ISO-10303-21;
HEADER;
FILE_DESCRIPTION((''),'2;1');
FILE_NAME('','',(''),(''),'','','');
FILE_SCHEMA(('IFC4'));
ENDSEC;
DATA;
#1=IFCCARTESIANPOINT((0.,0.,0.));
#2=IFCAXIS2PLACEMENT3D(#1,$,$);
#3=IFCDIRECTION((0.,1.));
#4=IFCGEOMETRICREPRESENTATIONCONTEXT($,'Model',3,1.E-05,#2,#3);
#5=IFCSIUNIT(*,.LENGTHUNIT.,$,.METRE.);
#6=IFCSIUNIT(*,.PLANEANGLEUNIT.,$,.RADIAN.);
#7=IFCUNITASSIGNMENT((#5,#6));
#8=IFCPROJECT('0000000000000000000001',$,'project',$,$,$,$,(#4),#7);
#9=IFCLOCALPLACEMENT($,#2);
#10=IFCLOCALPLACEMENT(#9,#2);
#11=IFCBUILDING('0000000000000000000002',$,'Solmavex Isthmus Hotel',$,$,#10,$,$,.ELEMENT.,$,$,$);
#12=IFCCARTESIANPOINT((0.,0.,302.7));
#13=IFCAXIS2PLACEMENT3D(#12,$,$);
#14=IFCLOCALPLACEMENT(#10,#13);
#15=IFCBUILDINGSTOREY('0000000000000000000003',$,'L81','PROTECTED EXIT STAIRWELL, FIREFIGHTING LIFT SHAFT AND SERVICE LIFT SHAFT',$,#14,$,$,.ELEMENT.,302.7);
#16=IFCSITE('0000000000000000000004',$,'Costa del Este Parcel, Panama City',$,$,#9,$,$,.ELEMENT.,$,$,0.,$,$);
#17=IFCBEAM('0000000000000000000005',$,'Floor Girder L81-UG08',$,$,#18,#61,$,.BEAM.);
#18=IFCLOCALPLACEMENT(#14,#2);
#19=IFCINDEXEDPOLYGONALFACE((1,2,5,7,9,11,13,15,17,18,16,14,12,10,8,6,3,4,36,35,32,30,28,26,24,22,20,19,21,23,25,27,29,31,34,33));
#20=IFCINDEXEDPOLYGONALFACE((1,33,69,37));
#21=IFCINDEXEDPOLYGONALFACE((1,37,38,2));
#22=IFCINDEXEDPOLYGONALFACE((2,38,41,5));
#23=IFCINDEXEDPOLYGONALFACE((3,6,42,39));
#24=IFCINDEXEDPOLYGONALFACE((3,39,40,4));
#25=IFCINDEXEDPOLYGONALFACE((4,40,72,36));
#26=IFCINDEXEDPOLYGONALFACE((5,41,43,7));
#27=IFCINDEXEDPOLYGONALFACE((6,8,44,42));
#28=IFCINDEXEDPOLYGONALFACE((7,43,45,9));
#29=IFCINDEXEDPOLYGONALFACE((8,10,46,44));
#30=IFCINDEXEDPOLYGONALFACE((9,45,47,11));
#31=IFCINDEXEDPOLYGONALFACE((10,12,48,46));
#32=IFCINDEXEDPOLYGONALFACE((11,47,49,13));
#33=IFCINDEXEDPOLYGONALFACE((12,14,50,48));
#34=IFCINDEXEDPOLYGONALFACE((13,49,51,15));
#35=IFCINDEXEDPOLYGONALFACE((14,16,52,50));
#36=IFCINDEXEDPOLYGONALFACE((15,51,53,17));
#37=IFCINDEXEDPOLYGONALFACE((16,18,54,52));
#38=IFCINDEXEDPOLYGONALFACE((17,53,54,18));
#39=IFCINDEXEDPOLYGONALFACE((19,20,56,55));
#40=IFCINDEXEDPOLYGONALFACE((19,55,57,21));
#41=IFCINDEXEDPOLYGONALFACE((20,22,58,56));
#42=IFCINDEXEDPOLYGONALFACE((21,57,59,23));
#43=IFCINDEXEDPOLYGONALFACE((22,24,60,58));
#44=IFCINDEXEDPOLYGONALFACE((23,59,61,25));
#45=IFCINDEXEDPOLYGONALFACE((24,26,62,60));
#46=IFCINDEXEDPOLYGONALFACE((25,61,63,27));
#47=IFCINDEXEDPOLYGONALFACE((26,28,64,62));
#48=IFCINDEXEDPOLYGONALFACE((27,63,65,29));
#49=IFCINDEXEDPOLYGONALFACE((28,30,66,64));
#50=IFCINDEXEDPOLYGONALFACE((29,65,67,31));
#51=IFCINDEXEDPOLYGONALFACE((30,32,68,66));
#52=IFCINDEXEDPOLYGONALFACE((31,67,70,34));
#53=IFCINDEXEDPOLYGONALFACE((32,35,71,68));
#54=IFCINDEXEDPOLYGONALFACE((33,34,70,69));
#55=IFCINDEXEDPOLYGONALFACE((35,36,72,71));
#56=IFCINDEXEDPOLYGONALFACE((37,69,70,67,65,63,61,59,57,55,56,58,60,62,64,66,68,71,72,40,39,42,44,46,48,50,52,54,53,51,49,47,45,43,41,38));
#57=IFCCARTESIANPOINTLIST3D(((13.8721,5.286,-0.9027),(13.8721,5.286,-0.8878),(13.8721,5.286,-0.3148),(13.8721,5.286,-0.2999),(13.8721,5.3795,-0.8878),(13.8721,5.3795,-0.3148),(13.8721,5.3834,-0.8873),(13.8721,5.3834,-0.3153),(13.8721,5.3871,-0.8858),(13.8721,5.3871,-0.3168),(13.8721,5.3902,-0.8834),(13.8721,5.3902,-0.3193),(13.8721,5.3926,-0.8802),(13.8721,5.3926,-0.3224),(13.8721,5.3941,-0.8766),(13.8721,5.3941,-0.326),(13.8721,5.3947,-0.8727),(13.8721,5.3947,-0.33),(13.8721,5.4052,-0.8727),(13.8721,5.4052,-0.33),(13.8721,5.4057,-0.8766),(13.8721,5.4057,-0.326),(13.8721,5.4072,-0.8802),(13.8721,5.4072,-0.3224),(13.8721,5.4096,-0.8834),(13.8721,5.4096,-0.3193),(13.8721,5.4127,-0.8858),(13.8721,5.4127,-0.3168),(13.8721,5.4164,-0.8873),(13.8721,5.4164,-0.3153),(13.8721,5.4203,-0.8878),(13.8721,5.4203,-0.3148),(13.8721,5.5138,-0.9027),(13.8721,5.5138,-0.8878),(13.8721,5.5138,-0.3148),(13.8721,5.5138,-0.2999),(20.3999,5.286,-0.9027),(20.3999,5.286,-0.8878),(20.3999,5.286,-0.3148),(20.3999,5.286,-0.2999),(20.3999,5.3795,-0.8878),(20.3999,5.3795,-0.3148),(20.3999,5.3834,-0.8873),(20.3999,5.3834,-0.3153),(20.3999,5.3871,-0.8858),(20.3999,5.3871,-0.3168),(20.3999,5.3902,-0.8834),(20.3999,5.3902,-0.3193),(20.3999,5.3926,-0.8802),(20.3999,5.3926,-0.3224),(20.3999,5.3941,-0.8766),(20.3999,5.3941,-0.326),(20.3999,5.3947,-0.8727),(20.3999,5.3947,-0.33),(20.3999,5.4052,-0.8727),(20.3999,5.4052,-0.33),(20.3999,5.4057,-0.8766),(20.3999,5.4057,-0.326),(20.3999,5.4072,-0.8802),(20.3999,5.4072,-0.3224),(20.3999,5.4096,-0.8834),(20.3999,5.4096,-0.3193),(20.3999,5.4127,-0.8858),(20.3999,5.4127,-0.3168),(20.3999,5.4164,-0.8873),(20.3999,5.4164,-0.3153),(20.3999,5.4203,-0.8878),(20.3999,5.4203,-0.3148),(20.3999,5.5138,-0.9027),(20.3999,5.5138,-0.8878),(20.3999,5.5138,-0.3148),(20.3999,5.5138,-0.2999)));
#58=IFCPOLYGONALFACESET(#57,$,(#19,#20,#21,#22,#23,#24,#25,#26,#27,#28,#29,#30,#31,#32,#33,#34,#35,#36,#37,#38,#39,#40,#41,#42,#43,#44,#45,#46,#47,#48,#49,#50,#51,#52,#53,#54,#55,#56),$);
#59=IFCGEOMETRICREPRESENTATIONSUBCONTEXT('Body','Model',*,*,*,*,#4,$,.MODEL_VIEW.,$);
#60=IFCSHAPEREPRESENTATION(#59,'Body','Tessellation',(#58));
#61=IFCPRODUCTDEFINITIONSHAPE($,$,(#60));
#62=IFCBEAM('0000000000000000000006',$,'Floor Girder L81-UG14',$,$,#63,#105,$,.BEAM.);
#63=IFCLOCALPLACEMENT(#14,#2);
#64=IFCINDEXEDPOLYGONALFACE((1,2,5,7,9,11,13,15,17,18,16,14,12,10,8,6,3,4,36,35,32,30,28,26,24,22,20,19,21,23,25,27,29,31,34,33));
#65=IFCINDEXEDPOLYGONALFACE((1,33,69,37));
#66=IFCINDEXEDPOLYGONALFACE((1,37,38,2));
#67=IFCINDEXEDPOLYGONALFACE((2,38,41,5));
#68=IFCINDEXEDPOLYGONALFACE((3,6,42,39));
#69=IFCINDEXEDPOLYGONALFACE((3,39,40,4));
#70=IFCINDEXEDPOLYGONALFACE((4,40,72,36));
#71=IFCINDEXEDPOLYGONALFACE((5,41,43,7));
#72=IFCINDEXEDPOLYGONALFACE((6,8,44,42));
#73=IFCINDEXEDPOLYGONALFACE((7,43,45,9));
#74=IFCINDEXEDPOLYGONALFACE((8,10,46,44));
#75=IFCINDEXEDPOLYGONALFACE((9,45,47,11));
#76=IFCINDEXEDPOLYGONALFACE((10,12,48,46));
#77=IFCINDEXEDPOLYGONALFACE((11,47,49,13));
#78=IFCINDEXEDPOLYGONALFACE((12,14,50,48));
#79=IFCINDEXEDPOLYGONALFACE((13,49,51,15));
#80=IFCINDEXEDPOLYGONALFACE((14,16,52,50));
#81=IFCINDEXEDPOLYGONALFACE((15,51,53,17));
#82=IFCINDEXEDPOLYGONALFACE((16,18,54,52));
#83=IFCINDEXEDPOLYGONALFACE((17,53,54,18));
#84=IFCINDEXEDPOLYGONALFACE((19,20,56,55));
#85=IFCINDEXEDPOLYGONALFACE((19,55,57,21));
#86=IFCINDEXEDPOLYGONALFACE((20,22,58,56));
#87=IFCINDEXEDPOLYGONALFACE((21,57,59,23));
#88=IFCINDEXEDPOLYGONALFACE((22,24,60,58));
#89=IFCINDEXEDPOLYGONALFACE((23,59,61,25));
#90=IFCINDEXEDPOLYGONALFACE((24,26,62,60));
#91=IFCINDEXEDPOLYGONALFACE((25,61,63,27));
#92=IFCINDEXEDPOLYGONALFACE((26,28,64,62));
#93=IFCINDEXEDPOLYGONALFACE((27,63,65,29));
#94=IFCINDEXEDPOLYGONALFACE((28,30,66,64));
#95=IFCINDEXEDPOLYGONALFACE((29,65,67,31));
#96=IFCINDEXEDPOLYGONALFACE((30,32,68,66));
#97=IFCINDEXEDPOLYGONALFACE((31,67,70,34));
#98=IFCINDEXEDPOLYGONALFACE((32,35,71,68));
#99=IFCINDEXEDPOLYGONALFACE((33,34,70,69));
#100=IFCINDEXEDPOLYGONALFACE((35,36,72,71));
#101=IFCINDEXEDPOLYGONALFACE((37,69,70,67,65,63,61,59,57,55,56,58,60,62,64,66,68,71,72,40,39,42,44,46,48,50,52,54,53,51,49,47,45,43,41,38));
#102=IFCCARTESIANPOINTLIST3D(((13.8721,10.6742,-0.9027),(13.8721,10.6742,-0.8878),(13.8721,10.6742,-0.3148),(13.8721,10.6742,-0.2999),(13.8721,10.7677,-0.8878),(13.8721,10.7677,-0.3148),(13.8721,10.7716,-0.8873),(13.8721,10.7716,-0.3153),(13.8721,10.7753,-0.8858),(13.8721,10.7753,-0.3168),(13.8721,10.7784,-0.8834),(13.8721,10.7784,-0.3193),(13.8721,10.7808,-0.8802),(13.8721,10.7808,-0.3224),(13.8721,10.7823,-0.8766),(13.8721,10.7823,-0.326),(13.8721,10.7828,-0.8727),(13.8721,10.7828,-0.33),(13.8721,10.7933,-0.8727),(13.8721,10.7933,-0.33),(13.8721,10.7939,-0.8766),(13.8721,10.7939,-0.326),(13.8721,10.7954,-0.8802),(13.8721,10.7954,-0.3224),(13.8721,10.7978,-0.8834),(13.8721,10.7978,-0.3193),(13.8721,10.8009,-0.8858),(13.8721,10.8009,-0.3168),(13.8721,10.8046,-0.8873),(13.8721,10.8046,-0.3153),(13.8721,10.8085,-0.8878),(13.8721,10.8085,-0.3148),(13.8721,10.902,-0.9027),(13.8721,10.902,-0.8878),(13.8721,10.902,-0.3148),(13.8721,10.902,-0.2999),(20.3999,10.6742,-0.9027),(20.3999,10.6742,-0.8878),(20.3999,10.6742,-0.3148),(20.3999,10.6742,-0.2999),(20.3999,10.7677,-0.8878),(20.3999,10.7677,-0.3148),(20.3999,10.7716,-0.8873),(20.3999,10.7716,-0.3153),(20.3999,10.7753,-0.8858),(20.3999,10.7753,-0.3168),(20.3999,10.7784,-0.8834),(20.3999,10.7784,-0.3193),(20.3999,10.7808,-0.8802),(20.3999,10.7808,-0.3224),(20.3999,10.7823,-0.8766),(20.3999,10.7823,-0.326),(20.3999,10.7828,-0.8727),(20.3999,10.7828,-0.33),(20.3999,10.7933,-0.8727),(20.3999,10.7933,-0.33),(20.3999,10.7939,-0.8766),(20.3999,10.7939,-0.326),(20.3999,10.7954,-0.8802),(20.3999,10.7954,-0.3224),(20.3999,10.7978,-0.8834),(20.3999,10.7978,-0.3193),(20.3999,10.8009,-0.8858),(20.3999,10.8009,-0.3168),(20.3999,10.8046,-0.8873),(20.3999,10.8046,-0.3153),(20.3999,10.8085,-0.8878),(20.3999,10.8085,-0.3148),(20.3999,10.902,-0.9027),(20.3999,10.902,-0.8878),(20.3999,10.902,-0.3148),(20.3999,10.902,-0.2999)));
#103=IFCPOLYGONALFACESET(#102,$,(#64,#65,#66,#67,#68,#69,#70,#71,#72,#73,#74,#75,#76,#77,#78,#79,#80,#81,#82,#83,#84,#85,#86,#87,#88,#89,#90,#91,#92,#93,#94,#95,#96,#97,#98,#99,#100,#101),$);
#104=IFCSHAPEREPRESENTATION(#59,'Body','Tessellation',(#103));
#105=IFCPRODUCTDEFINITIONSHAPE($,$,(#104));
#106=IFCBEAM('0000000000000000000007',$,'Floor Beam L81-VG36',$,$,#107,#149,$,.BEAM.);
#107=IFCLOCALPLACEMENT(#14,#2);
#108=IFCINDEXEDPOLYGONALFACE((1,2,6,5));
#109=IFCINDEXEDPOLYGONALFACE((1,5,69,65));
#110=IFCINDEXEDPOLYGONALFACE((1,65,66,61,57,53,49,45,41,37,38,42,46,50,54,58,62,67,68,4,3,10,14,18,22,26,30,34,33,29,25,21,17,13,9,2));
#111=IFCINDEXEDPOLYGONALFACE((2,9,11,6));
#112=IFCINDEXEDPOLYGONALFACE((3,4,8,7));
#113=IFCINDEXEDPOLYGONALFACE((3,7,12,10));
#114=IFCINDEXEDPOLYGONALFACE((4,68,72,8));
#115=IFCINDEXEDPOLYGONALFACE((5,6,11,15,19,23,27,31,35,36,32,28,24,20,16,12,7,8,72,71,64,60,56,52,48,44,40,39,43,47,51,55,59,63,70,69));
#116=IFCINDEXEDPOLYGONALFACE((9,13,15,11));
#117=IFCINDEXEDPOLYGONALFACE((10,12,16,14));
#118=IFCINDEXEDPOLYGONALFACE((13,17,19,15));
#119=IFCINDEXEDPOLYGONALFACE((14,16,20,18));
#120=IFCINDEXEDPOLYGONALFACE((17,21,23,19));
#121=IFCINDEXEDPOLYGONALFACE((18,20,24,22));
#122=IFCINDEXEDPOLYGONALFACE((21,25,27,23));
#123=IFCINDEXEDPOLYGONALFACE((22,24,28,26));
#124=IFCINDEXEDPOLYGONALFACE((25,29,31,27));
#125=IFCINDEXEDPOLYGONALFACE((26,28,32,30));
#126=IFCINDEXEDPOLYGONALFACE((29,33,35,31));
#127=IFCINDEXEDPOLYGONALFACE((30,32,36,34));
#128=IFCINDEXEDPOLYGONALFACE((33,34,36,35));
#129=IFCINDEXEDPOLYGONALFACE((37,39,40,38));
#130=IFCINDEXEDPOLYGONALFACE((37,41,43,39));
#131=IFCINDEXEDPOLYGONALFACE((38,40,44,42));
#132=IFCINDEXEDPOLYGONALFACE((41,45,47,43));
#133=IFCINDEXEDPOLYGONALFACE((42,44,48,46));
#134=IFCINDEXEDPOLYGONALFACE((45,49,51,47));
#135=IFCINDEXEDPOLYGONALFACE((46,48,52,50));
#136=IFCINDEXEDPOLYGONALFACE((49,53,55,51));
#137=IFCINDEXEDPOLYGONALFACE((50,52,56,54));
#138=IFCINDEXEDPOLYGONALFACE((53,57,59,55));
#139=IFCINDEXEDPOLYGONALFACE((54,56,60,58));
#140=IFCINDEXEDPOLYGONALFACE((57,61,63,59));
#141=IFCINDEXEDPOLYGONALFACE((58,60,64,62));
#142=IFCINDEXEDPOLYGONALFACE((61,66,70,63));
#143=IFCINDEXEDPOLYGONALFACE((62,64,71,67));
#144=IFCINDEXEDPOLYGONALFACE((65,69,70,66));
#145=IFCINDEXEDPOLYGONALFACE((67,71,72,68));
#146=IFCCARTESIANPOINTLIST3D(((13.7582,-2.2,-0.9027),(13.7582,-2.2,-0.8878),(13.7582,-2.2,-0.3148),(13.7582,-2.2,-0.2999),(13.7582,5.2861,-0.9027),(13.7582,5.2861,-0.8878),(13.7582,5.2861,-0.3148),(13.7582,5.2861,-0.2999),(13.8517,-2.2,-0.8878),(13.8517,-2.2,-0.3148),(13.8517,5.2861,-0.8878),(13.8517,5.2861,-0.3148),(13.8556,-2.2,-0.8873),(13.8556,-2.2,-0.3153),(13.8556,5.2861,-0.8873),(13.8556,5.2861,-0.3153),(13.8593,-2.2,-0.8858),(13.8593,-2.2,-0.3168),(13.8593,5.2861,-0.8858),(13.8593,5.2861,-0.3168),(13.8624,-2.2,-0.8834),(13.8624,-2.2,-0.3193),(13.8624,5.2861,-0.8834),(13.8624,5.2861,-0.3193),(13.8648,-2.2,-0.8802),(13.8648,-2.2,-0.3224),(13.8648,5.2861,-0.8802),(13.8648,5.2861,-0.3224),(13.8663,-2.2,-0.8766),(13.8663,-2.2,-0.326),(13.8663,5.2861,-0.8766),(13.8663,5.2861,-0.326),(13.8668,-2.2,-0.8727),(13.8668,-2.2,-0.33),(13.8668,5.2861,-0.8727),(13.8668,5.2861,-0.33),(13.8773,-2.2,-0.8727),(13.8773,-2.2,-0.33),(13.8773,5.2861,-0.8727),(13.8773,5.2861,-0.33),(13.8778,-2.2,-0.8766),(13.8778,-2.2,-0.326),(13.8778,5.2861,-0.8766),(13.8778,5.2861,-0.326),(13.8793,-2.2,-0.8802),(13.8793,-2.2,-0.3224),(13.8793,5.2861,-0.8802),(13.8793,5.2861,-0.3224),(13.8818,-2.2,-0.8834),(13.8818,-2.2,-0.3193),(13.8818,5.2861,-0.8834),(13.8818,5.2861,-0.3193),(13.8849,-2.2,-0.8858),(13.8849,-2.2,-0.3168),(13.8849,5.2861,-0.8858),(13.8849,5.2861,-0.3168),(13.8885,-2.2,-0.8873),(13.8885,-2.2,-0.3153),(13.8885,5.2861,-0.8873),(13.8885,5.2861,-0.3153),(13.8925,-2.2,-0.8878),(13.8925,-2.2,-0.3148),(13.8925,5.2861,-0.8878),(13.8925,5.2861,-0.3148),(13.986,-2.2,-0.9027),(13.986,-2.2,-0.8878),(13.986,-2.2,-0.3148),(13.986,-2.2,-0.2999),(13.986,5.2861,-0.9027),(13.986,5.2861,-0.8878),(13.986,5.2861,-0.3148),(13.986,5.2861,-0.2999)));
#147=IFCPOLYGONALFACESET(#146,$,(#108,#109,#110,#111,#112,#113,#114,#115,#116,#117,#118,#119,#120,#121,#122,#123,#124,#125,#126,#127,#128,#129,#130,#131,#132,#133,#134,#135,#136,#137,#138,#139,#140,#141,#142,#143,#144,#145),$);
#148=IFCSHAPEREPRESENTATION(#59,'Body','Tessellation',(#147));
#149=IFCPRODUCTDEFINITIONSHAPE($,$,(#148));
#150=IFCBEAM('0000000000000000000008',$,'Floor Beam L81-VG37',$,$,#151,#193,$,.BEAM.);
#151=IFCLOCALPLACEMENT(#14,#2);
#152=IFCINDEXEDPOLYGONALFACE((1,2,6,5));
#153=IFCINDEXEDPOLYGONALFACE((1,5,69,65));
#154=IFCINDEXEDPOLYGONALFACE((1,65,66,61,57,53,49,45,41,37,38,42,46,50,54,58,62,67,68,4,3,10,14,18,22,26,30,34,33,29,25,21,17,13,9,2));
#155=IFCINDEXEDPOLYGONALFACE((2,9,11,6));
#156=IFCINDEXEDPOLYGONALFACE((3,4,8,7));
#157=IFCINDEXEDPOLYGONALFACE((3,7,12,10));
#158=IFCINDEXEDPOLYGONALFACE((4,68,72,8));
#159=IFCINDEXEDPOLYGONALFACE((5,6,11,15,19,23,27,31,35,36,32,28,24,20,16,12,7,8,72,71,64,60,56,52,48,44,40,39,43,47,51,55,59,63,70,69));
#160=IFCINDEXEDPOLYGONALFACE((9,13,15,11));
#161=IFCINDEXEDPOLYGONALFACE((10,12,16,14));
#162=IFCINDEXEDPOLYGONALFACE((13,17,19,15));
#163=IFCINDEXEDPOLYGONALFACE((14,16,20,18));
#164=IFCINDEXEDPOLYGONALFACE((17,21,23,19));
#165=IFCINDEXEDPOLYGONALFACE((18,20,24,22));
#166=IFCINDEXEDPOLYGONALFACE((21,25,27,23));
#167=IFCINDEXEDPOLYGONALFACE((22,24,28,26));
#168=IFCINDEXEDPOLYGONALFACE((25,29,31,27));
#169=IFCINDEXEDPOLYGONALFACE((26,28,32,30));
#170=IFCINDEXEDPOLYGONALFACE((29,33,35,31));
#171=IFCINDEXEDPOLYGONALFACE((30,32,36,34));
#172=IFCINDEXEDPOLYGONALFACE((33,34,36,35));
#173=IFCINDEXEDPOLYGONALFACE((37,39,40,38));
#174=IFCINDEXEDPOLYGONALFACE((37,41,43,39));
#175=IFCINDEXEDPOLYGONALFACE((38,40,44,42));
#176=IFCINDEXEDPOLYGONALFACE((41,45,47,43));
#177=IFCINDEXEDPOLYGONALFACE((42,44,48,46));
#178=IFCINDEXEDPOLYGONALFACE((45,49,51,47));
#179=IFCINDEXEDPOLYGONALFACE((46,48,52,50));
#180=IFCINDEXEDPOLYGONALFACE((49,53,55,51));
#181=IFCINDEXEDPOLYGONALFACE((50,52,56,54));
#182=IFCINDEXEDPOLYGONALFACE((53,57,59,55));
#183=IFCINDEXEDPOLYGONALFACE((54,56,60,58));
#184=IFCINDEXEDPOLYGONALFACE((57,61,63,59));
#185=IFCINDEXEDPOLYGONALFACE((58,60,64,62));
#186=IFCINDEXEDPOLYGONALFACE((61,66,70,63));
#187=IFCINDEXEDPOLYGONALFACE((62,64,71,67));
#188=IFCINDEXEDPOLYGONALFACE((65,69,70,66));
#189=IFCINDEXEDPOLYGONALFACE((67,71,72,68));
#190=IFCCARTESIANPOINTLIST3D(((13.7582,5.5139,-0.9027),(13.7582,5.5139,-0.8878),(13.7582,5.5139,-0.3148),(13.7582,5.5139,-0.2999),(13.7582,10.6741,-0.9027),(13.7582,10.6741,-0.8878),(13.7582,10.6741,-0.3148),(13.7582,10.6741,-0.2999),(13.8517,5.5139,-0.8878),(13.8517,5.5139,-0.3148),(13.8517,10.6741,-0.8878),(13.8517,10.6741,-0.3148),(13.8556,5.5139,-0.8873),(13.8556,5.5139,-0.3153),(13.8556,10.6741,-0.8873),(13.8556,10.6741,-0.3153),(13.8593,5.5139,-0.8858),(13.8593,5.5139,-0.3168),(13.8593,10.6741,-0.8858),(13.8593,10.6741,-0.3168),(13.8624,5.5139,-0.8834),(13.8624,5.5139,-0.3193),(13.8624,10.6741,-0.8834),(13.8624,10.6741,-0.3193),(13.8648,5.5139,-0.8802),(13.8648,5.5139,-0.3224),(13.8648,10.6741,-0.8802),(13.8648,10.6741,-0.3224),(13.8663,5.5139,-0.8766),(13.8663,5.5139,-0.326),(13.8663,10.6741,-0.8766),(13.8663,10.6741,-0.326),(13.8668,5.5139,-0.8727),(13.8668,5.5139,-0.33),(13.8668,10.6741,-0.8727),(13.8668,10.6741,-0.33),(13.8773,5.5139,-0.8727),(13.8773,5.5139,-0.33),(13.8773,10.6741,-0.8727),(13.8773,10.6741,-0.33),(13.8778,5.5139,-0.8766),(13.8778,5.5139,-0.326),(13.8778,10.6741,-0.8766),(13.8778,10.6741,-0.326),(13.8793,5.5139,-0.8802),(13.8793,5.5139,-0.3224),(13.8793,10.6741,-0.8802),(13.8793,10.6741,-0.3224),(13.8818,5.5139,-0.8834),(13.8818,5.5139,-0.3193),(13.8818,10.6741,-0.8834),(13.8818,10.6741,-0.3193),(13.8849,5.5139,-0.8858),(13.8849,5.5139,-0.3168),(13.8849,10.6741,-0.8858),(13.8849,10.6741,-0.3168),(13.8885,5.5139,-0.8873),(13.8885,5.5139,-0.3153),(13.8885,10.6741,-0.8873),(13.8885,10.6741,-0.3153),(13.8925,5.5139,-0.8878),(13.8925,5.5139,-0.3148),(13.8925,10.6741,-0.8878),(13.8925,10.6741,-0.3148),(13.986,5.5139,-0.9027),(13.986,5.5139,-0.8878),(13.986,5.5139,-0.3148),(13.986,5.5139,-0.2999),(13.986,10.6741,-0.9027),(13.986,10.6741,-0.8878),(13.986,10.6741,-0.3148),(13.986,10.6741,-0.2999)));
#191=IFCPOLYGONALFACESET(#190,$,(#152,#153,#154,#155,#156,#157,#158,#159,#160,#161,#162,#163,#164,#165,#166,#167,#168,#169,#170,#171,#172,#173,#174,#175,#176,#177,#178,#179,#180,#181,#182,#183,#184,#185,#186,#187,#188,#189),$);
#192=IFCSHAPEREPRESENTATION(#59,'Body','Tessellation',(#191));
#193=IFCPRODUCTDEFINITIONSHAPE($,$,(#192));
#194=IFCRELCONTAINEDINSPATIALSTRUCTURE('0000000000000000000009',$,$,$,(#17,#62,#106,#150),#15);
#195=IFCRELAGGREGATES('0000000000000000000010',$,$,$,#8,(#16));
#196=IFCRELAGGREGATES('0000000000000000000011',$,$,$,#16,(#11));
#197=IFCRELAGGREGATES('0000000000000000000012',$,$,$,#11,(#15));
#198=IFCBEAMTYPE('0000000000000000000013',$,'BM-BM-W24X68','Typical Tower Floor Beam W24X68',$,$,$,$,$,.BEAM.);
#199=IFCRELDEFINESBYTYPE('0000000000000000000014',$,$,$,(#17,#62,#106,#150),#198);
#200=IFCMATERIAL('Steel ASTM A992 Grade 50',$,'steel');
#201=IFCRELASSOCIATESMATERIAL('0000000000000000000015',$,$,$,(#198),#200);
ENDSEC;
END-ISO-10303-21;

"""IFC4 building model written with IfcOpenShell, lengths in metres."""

from ifc_helpers import new_model, si_unit, direction, frame, origin, origin_2d, place, context, subcontext, project, spatial, i_section, extrude, material, material_profile, profile_set, type_object, element, save


model = new_model("IFC4")

# Units and contexts
model_context = context("Model", 3, precision=1e-05, world=origin(), true_north=direction((0.0, 1.0)))
body_context = subcontext(model_context, "Body", "Model", "MODEL_VIEW")
ifc_project = project(units=[si_unit("LENGTHUNIT", "METRE"), si_unit("PLANEANGLEUNIT", "RADIAN")], contexts=[model_context])

# Site, building, storey
site_placement = place(None, origin())
site = spatial("IfcSite", under=ifc_project, at=site_placement, Name="Costa del Este Parcel, Panama City", CompositionType="ELEMENT", RefElevation=0.0)
building_placement = place(site_placement, origin())
building = spatial("IfcBuilding", under=site, at=building_placement, Name="Solmavex Isthmus Hotel", CompositionType="ELEMENT")
storey_placement = place(building_placement, frame((0.0, 0.0, 302.7)))
storey = spatial("IfcBuildingStorey", under=building, at=storey_placement, Name="L81", Description="PROTECTED EXIT STAIRWELL, FIREFIGHTING LIFT SHAFT AND SERVICE LIFT SHAFT", CompositionType="ELEMENT", Elevation=302.7)

# Beams
ifc_material_1 = material(Name="Steel ASTM A992 Grade 50", Category="steel")
ifc_material_profile_1 = material_profile(ifc_material_1, i_section(OverallWidth=0.2278, OverallDepth=0.6028, WebThickness=0.0105, FlangeThickness=0.0149, FilletRadius=0.0151, at=origin_2d()), Name="W24X68")
ifc_profile_set_1 = profile_set([ifc_material_profile_1], Name="Steel ASTM A992 Grade 50")
beam_type_1 = type_object("IfcBeamType", Name="BM-BM-W24X68", Description="Typical Tower Floor Beam W24X68", PredefinedType="BEAM", material=ifc_profile_set_1)
for number, where, z_axis, x_axis, name in (
    (1, (13.8721, 5.3999, -0.6013), (1.0, 0.0, 0.0), (0.0, 1.0, 0.0), "Floor Girder L81-UG08"),
    (2, (13.8721, 10.7881, -0.6013), (1.0, 0.0, 0.0), (0.0, 1.0, 0.0), "Floor Girder L81-UG14"),
):
    element("IfcBeam", number, at=place(storey_placement, frame(where, z_axis=z_axis, x_axis=x_axis)), inside=storey, type_object=beam_type_1, Name=name, PredefinedType="BEAM", context=body_context, shape_type="SweptSolid", body=[
        extrude(i_section(OverallWidth=0.2278, OverallDepth=0.6028, WebThickness=0.0105, FlangeThickness=0.0149, FilletRadius=0.0151, at=origin_2d()), origin(), (0.0, 0.0, 1.0), 6.5278),
    ])
beam_1_placement = place(storey_placement, frame((13.8721, -2.2, -0.6013), z_axis=(0.0, 1.0, 0.0), x_axis=(-1.0, 0.0, 0.0)))
element("IfcBeam", 3, at=beam_1_placement, inside=storey, type_object=beam_type_1, Name="Floor Beam L81-VG36", PredefinedType="BEAM", context=body_context, shape_type="SweptSolid", body=[
    extrude(i_section(OverallWidth=0.2278, OverallDepth=0.6028, WebThickness=0.0105, FlangeThickness=0.0149, FilletRadius=0.0151, at=origin_2d()), origin(), (0.0, 0.0, 1.0), 7.4861),
])
beam_2_placement = place(storey_placement, frame((13.8721, 5.5139, -0.6013), z_axis=(0.0, 1.0, 0.0), x_axis=(-1.0, 0.0, 0.0)))
element("IfcBeam", 4, at=beam_2_placement, inside=storey, type_object=beam_type_1, Name="Floor Beam L81-VG37", PredefinedType="BEAM", context=body_context, shape_type="SweptSolid", body=[
    extrude(i_section(OverallWidth=0.2278, OverallDepth=0.6028, WebThickness=0.0105, FlangeThickness=0.0149, FilletRadius=0.0151, at=origin_2d()), origin(), (0.0, 0.0, 1.0), 5.1602),
])

save(model, "model.ifc")
